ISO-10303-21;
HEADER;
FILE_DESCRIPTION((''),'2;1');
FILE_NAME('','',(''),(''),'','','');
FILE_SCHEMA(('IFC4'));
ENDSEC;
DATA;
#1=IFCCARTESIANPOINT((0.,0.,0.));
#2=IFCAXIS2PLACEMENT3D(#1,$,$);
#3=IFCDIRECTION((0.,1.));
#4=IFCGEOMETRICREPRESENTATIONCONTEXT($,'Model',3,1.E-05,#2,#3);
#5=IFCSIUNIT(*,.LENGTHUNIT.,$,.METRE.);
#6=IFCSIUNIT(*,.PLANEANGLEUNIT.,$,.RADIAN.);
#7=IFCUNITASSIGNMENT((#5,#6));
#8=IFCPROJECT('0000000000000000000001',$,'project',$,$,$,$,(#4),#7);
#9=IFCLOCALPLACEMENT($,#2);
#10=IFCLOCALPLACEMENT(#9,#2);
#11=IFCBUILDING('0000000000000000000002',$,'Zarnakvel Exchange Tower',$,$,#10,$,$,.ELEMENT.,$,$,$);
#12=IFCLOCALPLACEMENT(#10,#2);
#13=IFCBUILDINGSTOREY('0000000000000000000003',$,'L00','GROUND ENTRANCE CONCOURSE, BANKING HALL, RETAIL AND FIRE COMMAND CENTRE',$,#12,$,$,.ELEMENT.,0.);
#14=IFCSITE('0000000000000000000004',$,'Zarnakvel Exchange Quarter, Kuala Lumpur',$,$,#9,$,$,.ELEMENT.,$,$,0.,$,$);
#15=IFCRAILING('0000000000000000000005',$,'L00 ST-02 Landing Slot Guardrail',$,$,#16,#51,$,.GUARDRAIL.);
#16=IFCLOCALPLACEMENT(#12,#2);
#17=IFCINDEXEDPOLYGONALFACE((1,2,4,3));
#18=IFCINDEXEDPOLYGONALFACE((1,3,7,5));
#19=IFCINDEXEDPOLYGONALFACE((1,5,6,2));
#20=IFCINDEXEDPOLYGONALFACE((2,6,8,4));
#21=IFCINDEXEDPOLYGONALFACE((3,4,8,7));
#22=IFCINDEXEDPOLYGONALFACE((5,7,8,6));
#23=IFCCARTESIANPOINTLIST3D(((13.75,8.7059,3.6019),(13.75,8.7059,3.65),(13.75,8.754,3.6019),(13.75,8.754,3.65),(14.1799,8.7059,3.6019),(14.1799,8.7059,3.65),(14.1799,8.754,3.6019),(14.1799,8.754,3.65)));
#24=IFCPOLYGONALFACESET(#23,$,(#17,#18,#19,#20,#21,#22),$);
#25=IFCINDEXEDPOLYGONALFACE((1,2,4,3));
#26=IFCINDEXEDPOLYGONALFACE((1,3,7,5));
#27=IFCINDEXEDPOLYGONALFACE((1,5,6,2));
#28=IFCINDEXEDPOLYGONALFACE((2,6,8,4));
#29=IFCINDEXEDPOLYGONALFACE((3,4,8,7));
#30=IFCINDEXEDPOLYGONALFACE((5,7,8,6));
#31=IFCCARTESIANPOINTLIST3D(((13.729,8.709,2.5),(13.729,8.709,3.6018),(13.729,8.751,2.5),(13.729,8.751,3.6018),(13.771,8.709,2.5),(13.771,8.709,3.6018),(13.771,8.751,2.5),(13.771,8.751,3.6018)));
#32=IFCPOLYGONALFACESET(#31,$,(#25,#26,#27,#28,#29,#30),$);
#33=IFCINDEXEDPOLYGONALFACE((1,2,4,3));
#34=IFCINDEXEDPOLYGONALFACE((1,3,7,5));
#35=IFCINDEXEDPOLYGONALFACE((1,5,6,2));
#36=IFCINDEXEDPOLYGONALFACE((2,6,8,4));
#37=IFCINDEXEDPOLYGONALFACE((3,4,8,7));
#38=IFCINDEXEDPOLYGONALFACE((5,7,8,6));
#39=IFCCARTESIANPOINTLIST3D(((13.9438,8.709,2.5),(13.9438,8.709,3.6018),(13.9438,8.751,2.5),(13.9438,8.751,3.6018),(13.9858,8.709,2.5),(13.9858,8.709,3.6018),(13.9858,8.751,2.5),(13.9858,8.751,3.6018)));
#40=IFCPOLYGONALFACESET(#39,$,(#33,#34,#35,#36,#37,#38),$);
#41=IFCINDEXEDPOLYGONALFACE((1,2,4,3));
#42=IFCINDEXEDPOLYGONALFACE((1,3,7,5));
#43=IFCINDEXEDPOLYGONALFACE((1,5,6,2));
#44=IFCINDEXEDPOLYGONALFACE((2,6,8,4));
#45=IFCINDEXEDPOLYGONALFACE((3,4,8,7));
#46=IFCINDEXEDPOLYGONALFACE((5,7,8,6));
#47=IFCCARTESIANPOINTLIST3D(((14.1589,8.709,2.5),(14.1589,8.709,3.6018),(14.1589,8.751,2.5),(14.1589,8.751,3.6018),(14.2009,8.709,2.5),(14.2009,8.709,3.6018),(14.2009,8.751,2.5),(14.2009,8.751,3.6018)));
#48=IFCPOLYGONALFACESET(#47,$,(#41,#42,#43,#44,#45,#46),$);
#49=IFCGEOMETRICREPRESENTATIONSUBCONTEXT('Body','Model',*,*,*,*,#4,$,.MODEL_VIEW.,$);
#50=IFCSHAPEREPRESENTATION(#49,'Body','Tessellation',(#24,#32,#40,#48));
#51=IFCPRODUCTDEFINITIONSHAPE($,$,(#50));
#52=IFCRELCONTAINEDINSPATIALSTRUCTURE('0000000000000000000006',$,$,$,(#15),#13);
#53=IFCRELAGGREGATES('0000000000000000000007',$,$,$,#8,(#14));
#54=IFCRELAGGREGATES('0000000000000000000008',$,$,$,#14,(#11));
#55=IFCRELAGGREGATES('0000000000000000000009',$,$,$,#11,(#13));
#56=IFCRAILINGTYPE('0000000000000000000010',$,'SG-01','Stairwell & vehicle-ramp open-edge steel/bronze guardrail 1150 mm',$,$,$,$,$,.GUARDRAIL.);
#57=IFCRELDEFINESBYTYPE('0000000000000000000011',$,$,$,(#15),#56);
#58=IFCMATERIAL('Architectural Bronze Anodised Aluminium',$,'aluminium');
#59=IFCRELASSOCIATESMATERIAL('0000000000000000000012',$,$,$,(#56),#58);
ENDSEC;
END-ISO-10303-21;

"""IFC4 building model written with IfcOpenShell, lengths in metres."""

from ifc_helpers import new_model, si_unit, direction, frame, origin, origin_2d, place, context, subcontext, project, spatial, rectangle, extrude, material, type_object, element, save


model = new_model("IFC4")

# Units and contexts
model_context = context("Model", 3, precision=1e-05, world=origin(), true_north=direction((0.0, 1.0)))
body_context = subcontext(model_context, "Body", "Model", "MODEL_VIEW")
ifc_project = project(units=[si_unit("LENGTHUNIT", "METRE"), si_unit("PLANEANGLEUNIT", "RADIAN")], contexts=[model_context])

# Site, building, storey
site_placement = place(None, origin())
site = spatial("IfcSite", under=ifc_project, at=site_placement, Name="Zarnakvel Exchange Quarter, Kuala Lumpur", CompositionType="ELEMENT", RefElevation=0.0)
building_placement = place(site_placement, origin())
building = spatial("IfcBuilding", under=site, at=building_placement, Name="Zarnakvel Exchange Tower", CompositionType="ELEMENT")
storey_placement = place(building_placement, origin())
storey = spatial("IfcBuildingStorey", under=building, at=storey_placement, Name="L00", Description="GROUND ENTRANCE CONCOURSE, BANKING HALL, RETAIL AND FIRE COMMAND CENTRE", CompositionType="ELEMENT", Elevation=0.0)

# Shared definitions
ifc_material_1 = material(Name="Architectural Bronze Anodised Aluminium", Category="aluminium")

# Railing
railing_type_1 = type_object("IfcRailingType", Name="SG-01", Description="Stairwell & vehicle-ramp open-edge steel/bronze guardrail 1150 mm", PredefinedType="GUARDRAIL", material=ifc_material_1)
railing_1_placement = place(storey_placement, frame((13.75, 8.73, 2.5)))
element("IfcRailing", 1, at=railing_1_placement, inside=storey, type_object=railing_type_1, Name="L00 ST-02 Landing Slot Guardrail", PredefinedType="GUARDRAIL", context=body_context, shape_type="SweptSolid", body=[
    extrude(rectangle(XDim=0.0481, YDim=0.0481, at=origin_2d()), frame((0.0, 0.0, 1.126), z_axis=(1.0, 0.0, 0.0), x_axis=(0.0, 1.0, 0.0)), (0.0, 0.0, 1.0), 0.4299),
    extrude(rectangle(XDim=0.042, YDim=0.042, at=origin_2d()), origin(), (0.0, 0.0, 1.0), 1.1018),
    extrude(rectangle(XDim=0.042, YDim=0.042, at=origin_2d()), frame((0.2148, 0.0, 0.0)), (0.0, 0.0, 1.0), 1.1018),
    extrude(rectangle(XDim=0.042, YDim=0.042, at=origin_2d()), frame((0.4299, 0.0, 0.0)), (0.0, 0.0, 1.0), 1.1018),
])

save(model, "model.ifc")
